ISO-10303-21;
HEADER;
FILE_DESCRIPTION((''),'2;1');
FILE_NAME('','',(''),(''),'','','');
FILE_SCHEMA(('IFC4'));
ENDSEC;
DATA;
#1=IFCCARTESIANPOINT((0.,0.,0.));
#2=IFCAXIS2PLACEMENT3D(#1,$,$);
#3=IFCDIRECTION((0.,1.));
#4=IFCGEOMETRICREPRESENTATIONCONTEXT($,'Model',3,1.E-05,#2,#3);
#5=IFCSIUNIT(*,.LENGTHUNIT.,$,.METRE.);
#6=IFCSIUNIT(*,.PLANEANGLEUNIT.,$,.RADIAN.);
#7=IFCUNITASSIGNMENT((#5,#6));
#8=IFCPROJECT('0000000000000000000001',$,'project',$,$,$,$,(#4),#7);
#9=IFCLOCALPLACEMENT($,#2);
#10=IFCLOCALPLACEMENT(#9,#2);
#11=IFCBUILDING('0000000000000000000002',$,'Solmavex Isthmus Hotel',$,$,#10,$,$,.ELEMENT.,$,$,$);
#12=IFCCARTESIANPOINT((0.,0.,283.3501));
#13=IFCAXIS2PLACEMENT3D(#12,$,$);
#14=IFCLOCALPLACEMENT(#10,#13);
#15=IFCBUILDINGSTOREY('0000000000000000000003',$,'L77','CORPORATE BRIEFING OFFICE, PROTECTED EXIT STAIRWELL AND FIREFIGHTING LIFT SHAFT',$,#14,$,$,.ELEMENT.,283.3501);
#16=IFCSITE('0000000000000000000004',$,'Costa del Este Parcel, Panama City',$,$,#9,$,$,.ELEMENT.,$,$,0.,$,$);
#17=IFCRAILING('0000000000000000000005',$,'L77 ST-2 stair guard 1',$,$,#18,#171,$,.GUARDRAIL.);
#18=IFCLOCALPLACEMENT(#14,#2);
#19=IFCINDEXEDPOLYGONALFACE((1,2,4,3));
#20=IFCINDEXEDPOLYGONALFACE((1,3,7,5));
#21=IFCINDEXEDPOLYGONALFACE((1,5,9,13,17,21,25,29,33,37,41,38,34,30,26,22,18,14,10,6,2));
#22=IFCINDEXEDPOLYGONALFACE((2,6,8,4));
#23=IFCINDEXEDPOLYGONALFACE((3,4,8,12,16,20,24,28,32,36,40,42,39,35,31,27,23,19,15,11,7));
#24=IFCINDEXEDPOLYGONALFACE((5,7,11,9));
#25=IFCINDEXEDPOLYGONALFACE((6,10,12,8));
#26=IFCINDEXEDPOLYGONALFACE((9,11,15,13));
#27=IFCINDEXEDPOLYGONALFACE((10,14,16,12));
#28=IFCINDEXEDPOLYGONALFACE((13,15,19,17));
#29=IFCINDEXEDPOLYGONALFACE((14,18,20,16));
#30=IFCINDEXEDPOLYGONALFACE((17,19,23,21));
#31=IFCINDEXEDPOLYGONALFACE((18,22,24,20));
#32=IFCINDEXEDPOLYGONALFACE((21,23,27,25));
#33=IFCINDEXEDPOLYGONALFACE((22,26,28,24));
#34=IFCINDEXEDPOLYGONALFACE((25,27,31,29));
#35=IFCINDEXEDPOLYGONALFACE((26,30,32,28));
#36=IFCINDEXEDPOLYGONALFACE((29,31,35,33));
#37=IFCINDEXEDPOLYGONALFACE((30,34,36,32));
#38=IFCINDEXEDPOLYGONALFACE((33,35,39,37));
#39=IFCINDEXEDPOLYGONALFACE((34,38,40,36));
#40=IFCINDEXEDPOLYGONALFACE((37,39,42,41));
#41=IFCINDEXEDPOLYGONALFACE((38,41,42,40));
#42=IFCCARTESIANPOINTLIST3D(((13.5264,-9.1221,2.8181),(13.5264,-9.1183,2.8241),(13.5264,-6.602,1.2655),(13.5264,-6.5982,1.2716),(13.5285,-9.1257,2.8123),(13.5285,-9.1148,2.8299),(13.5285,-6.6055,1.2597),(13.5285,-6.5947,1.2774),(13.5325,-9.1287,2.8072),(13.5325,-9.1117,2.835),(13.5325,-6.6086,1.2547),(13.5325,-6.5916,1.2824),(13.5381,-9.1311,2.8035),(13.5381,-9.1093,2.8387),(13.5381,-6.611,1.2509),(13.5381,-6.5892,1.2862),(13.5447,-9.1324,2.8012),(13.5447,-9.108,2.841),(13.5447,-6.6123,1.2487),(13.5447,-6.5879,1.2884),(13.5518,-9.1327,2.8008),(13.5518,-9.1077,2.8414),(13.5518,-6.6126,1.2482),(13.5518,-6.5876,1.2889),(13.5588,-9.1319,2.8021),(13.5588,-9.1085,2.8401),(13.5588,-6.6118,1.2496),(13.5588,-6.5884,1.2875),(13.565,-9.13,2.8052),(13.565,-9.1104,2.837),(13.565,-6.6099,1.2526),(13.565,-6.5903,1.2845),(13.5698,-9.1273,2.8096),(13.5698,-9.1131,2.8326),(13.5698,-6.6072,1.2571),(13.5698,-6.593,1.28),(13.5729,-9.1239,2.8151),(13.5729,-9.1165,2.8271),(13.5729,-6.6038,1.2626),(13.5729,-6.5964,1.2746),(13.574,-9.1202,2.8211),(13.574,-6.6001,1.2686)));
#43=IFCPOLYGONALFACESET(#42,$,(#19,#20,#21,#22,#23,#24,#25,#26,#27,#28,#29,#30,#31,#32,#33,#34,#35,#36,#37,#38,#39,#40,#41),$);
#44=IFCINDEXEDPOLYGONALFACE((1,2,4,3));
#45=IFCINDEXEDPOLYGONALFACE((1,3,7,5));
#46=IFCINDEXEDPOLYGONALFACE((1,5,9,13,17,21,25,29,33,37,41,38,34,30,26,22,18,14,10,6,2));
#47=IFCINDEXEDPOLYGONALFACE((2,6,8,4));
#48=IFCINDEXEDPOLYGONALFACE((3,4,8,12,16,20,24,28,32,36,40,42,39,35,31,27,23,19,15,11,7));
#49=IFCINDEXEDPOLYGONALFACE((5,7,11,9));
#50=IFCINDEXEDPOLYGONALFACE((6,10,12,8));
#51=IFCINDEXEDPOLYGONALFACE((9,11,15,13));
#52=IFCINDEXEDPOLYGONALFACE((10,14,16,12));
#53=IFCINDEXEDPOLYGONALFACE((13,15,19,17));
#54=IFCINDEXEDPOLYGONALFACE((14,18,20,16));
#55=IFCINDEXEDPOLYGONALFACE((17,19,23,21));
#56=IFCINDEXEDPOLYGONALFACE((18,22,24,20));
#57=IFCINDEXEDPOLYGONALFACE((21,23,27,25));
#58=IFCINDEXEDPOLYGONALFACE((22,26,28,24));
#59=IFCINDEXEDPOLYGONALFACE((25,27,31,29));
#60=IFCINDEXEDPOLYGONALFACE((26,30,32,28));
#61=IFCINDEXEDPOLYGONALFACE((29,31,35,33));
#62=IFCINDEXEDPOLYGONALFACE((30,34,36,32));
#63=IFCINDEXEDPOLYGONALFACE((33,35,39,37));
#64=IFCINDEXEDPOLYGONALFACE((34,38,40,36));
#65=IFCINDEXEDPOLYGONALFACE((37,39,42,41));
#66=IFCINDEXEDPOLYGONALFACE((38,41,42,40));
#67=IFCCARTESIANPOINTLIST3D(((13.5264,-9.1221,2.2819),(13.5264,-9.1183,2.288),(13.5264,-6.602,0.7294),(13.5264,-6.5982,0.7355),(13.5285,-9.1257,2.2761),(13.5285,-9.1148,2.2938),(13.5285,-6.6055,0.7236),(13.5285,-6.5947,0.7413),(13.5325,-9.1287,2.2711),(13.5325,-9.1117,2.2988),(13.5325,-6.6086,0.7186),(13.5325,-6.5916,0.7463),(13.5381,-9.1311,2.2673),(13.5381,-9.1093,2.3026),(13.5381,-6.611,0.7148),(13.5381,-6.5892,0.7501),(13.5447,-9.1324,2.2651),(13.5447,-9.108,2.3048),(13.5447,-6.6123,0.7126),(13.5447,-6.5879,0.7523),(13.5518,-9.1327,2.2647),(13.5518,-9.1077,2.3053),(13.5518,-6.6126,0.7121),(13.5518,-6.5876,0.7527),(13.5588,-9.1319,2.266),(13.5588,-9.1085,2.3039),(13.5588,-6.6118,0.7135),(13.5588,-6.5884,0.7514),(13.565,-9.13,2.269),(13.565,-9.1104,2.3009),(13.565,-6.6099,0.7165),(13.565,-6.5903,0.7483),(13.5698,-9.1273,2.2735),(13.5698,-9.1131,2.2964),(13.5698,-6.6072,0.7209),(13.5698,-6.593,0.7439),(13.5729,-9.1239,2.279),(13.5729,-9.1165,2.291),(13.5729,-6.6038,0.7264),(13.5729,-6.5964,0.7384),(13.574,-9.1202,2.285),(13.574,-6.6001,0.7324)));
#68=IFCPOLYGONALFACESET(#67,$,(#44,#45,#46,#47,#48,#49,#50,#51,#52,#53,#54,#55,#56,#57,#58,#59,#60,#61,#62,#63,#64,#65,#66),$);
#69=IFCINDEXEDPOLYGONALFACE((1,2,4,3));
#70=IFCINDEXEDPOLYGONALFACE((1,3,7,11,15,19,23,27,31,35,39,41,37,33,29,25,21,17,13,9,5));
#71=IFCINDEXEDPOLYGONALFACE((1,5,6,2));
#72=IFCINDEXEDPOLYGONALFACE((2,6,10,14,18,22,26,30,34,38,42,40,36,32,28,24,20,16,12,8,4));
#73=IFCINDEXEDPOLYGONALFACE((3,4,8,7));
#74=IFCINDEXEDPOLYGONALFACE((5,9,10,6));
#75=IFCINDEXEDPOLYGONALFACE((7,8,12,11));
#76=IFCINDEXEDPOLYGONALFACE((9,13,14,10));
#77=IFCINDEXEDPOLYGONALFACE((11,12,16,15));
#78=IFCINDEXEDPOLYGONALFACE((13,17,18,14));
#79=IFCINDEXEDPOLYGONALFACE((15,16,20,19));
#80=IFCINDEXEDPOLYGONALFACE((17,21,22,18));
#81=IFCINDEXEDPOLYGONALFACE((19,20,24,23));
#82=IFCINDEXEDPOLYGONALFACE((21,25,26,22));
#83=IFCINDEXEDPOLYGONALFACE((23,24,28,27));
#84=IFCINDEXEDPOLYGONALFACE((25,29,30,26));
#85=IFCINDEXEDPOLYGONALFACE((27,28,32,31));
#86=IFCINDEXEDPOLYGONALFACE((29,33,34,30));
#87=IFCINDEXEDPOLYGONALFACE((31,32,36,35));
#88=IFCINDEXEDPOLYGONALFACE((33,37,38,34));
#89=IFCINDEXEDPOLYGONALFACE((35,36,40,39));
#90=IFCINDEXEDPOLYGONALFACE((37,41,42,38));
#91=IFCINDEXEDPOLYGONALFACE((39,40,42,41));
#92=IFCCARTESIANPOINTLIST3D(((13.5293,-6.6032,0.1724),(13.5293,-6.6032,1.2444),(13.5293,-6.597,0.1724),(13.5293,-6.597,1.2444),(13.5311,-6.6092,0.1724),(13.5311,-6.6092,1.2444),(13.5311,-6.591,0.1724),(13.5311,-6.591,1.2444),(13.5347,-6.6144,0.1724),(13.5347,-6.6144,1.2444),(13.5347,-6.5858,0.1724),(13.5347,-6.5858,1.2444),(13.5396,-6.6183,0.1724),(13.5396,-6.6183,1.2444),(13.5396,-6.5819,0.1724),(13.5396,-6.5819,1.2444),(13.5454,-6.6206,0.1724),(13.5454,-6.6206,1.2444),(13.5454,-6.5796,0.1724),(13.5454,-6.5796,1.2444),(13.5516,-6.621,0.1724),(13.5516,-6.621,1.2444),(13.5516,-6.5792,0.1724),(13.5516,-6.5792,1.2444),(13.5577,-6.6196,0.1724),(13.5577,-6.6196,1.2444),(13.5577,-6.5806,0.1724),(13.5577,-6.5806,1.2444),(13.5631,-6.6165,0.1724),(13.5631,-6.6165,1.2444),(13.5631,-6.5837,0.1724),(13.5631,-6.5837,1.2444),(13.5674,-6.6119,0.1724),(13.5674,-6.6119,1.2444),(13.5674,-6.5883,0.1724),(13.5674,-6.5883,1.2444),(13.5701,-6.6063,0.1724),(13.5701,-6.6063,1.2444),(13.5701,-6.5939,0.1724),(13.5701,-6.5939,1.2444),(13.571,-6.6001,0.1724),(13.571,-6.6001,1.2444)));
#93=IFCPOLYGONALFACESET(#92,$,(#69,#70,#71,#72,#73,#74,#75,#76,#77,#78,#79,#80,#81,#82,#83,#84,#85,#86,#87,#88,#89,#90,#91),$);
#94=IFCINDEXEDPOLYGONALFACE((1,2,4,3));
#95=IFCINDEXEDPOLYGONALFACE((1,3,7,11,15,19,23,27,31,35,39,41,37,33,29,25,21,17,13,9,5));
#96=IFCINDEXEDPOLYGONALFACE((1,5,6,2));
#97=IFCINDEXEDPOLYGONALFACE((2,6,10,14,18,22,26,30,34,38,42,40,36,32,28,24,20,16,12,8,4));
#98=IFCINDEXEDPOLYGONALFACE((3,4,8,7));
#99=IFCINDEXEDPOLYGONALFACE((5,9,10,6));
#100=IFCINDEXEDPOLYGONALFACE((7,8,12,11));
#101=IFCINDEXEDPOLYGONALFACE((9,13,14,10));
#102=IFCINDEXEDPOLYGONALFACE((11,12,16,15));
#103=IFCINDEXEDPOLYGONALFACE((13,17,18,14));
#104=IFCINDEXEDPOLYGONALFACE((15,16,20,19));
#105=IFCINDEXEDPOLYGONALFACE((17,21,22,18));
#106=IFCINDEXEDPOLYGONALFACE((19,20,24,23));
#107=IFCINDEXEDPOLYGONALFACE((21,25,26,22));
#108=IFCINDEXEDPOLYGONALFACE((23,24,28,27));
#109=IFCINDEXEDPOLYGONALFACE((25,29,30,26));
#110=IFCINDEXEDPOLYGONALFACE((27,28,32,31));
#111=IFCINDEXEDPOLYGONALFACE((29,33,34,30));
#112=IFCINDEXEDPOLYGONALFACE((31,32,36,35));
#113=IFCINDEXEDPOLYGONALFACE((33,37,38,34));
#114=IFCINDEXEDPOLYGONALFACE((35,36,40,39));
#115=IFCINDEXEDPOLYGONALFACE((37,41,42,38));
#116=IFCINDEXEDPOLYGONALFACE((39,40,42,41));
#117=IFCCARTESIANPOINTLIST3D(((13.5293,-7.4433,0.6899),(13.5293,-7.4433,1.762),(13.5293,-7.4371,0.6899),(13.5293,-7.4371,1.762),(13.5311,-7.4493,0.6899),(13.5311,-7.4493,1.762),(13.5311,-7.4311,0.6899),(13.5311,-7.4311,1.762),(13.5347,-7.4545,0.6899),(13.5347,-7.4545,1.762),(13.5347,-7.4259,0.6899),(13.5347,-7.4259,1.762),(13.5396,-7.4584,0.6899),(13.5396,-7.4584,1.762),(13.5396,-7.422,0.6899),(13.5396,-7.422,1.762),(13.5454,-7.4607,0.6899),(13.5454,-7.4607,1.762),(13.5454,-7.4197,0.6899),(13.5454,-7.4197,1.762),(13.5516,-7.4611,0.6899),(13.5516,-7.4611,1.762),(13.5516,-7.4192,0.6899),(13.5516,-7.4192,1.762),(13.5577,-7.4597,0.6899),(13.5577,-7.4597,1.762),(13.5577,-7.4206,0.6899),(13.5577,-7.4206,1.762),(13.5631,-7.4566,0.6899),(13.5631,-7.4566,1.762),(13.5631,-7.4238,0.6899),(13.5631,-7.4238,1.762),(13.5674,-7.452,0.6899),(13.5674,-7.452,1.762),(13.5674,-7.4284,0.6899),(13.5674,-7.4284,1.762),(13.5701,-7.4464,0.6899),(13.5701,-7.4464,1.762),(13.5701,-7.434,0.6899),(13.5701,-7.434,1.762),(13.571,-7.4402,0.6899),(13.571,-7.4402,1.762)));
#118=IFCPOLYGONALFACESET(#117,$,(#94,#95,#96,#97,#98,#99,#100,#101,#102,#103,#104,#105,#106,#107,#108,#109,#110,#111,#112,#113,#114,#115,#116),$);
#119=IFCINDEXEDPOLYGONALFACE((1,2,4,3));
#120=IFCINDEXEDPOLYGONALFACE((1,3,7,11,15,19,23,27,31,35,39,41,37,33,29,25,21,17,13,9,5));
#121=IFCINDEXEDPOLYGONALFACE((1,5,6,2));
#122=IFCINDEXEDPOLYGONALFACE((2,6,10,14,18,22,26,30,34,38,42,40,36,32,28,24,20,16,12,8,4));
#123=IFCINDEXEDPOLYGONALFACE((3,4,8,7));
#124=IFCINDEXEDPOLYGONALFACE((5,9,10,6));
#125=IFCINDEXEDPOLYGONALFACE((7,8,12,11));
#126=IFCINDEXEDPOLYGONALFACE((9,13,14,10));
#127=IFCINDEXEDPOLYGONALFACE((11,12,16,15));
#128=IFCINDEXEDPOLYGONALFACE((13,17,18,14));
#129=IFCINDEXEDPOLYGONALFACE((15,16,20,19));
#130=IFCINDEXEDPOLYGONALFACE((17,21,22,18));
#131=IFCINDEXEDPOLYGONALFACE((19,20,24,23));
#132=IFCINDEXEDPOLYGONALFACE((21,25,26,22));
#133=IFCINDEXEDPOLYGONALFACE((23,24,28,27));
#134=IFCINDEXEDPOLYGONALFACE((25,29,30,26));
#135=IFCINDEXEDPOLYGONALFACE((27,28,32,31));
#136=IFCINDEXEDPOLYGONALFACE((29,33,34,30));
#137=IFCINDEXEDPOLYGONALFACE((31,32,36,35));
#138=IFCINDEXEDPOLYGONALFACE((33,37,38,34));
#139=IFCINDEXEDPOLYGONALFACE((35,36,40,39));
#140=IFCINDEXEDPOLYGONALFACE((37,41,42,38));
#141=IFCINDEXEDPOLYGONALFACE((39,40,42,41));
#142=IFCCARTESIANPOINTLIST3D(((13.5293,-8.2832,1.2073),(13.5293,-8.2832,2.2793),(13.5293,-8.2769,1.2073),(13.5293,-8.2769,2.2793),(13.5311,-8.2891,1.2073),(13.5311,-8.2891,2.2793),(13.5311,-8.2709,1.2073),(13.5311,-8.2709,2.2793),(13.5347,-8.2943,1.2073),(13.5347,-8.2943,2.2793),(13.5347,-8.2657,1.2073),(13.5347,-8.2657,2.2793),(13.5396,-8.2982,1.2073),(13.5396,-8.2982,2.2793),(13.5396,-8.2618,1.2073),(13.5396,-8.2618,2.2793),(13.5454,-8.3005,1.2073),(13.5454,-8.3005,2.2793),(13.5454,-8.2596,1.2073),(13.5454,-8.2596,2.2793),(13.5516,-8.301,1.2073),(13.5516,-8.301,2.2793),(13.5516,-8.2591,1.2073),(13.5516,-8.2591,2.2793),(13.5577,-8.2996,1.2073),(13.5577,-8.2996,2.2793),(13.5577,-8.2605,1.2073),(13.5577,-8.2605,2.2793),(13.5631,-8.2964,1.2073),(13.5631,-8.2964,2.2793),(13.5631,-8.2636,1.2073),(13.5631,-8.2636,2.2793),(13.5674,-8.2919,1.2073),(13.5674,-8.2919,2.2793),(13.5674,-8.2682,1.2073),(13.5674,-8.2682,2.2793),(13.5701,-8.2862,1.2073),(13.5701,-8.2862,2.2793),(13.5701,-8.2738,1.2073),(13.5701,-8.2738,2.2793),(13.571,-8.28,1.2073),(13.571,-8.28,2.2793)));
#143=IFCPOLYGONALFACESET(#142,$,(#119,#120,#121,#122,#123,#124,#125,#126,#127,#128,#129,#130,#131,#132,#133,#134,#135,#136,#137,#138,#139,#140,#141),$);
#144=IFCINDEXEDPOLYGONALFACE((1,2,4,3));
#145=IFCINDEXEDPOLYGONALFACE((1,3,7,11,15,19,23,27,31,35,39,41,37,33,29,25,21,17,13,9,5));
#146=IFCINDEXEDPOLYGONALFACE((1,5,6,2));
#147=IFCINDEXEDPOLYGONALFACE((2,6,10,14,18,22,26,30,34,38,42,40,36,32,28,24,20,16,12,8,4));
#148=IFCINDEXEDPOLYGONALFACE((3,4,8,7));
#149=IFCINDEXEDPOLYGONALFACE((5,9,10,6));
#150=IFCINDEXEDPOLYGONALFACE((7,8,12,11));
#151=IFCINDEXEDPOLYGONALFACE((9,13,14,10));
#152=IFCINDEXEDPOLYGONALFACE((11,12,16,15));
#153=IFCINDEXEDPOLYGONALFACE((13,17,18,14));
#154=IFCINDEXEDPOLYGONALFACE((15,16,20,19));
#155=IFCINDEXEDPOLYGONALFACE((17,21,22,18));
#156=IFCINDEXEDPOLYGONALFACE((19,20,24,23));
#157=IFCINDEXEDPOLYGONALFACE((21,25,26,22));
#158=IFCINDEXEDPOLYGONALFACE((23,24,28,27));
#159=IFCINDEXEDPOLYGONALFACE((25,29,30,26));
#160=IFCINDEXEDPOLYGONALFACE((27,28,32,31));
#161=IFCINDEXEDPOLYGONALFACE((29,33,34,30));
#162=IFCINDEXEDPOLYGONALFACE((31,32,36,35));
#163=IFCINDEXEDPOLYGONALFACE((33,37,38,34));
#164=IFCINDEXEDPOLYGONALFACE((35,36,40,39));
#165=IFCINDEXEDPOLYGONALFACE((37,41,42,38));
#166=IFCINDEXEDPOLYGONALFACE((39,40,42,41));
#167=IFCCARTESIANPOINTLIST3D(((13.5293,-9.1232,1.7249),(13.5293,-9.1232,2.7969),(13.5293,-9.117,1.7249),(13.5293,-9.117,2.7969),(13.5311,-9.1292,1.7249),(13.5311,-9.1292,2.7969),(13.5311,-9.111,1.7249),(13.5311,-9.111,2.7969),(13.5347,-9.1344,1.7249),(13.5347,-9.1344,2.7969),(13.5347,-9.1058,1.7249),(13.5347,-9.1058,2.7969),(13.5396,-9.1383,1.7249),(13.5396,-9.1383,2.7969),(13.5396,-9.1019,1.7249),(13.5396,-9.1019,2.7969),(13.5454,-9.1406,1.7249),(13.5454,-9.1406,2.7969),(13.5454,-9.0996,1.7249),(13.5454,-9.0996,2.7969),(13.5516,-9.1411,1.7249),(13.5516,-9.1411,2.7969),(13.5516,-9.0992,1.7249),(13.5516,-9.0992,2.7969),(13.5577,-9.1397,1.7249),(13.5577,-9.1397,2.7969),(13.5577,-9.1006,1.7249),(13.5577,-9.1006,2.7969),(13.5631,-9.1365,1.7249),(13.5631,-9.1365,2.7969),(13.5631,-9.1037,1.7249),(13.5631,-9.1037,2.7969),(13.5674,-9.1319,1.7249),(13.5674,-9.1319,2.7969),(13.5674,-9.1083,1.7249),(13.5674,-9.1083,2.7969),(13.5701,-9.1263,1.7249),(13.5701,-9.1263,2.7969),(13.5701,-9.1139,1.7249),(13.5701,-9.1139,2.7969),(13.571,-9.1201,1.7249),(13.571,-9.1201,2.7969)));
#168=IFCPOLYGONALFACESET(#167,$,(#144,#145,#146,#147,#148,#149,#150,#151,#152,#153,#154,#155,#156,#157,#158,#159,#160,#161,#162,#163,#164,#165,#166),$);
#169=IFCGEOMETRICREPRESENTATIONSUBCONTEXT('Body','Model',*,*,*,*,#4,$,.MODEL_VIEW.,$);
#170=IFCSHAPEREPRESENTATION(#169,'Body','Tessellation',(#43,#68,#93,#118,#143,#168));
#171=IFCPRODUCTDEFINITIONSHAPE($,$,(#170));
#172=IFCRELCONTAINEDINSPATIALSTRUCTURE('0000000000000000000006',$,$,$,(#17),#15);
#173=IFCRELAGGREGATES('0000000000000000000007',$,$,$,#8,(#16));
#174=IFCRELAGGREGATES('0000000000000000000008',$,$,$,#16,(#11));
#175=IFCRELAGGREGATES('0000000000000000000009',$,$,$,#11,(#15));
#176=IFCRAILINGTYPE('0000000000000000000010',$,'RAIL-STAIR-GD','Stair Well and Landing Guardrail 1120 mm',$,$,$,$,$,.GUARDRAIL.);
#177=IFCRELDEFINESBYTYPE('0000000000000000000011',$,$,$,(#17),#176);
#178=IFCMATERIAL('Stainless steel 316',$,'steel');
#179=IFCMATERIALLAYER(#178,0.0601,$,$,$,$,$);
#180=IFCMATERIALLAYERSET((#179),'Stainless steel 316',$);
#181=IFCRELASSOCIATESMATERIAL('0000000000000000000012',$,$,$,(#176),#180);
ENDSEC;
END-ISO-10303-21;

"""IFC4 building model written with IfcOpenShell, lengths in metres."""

from ifc_helpers import new_model, si_unit, direction, frame, origin, origin_2d, place, context, subcontext, project, spatial, circle, extrude, material, layer, layer_set, type_object, element, save


model = new_model("IFC4")

# Units and contexts
model_context = context("Model", 3, precision=1e-05, world=origin(), true_north=direction((0.0, 1.0)))
body_context = subcontext(model_context, "Body", "Model", "MODEL_VIEW")
ifc_project = project(units=[si_unit("LENGTHUNIT", "METRE"), si_unit("PLANEANGLEUNIT", "RADIAN")], contexts=[model_context])

# Site, building, storey
site_placement = place(None, origin())
site = spatial("IfcSite", under=ifc_project, at=site_placement, Name="Costa del Este Parcel, Panama City", CompositionType="ELEMENT", RefElevation=0.0)
building_placement = place(site_placement, origin())
building = spatial("IfcBuilding", under=site, at=building_placement, Name="Solmavex Isthmus Hotel", CompositionType="ELEMENT")
storey_placement = place(building_placement, frame((0.0, 0.0, 283.3501)))
storey = spatial("IfcBuildingStorey", under=building, at=storey_placement, Name="L77", Description="CORPORATE BRIEFING OFFICE, PROTECTED EXIT STAIRWELL AND FIREFIGHTING LIFT SHAFT", CompositionType="ELEMENT", Elevation=283.3501)

# Railing
ifc_material_1 = material(Name="Stainless steel 316", Category="steel")
ifc_layer_1 = layer(ifc_material_1, 0.0601)
ifc_layer_set_1 = layer_set([ifc_layer_1], Name="Stainless steel 316")
railing_type_1 = type_object("IfcRailingType", Name="RAIL-STAIR-GD", Description="Stair Well and Landing Guardrail 1120 mm", PredefinedType="GUARDRAIL", material=ifc_layer_set_1)
railing_1_placement = place(storey_placement, frame((13.55, -6.6001, 0.1724)))
element("IfcRailing", 1, at=railing_1_placement, inside=storey, type_object=railing_type_1, Name="L77 ST-2 stair guard 1", PredefinedType="GUARDRAIL", context=body_context, shape_type="SweptSolid", body=[
    extrude(circle(Radius=0.0239, at=origin_2d()), frame((0.0, 0.0, 1.0962), z_axis=(0.0, -0.8514, 0.524516), x_axis=(1.0, 0.0, 0.0)), (0.0, 0.0, 1.0), 2.96),
    extrude(circle(Radius=0.0239, at=origin_2d()), frame((0.0, 0.0, 0.5601), z_axis=(0.0, -0.8514, 0.524516), x_axis=(1.0, 0.0, 0.0)), (0.0, 0.0, 1.0), 2.96),
    extrude(circle(Radius=0.021, at=origin_2d()), origin(), (0.0, 0.0, 1.0), 1.072),
    extrude(circle(Radius=0.021, at=origin_2d()), frame((0.0, -0.8401, 0.5176)), (0.0, 0.0, 1.0), 1.072),
    extrude(circle(Radius=0.021, at=origin_2d()), frame((0.0, -1.6799, 1.0349)), (0.0, 0.0, 1.0), 1.072),
    extrude(circle(Radius=0.021, at=origin_2d()), frame((0.0, -2.52, 1.5525)), (0.0, 0.0, 1.0), 1.072),
])

save(model, "model.ifc")
